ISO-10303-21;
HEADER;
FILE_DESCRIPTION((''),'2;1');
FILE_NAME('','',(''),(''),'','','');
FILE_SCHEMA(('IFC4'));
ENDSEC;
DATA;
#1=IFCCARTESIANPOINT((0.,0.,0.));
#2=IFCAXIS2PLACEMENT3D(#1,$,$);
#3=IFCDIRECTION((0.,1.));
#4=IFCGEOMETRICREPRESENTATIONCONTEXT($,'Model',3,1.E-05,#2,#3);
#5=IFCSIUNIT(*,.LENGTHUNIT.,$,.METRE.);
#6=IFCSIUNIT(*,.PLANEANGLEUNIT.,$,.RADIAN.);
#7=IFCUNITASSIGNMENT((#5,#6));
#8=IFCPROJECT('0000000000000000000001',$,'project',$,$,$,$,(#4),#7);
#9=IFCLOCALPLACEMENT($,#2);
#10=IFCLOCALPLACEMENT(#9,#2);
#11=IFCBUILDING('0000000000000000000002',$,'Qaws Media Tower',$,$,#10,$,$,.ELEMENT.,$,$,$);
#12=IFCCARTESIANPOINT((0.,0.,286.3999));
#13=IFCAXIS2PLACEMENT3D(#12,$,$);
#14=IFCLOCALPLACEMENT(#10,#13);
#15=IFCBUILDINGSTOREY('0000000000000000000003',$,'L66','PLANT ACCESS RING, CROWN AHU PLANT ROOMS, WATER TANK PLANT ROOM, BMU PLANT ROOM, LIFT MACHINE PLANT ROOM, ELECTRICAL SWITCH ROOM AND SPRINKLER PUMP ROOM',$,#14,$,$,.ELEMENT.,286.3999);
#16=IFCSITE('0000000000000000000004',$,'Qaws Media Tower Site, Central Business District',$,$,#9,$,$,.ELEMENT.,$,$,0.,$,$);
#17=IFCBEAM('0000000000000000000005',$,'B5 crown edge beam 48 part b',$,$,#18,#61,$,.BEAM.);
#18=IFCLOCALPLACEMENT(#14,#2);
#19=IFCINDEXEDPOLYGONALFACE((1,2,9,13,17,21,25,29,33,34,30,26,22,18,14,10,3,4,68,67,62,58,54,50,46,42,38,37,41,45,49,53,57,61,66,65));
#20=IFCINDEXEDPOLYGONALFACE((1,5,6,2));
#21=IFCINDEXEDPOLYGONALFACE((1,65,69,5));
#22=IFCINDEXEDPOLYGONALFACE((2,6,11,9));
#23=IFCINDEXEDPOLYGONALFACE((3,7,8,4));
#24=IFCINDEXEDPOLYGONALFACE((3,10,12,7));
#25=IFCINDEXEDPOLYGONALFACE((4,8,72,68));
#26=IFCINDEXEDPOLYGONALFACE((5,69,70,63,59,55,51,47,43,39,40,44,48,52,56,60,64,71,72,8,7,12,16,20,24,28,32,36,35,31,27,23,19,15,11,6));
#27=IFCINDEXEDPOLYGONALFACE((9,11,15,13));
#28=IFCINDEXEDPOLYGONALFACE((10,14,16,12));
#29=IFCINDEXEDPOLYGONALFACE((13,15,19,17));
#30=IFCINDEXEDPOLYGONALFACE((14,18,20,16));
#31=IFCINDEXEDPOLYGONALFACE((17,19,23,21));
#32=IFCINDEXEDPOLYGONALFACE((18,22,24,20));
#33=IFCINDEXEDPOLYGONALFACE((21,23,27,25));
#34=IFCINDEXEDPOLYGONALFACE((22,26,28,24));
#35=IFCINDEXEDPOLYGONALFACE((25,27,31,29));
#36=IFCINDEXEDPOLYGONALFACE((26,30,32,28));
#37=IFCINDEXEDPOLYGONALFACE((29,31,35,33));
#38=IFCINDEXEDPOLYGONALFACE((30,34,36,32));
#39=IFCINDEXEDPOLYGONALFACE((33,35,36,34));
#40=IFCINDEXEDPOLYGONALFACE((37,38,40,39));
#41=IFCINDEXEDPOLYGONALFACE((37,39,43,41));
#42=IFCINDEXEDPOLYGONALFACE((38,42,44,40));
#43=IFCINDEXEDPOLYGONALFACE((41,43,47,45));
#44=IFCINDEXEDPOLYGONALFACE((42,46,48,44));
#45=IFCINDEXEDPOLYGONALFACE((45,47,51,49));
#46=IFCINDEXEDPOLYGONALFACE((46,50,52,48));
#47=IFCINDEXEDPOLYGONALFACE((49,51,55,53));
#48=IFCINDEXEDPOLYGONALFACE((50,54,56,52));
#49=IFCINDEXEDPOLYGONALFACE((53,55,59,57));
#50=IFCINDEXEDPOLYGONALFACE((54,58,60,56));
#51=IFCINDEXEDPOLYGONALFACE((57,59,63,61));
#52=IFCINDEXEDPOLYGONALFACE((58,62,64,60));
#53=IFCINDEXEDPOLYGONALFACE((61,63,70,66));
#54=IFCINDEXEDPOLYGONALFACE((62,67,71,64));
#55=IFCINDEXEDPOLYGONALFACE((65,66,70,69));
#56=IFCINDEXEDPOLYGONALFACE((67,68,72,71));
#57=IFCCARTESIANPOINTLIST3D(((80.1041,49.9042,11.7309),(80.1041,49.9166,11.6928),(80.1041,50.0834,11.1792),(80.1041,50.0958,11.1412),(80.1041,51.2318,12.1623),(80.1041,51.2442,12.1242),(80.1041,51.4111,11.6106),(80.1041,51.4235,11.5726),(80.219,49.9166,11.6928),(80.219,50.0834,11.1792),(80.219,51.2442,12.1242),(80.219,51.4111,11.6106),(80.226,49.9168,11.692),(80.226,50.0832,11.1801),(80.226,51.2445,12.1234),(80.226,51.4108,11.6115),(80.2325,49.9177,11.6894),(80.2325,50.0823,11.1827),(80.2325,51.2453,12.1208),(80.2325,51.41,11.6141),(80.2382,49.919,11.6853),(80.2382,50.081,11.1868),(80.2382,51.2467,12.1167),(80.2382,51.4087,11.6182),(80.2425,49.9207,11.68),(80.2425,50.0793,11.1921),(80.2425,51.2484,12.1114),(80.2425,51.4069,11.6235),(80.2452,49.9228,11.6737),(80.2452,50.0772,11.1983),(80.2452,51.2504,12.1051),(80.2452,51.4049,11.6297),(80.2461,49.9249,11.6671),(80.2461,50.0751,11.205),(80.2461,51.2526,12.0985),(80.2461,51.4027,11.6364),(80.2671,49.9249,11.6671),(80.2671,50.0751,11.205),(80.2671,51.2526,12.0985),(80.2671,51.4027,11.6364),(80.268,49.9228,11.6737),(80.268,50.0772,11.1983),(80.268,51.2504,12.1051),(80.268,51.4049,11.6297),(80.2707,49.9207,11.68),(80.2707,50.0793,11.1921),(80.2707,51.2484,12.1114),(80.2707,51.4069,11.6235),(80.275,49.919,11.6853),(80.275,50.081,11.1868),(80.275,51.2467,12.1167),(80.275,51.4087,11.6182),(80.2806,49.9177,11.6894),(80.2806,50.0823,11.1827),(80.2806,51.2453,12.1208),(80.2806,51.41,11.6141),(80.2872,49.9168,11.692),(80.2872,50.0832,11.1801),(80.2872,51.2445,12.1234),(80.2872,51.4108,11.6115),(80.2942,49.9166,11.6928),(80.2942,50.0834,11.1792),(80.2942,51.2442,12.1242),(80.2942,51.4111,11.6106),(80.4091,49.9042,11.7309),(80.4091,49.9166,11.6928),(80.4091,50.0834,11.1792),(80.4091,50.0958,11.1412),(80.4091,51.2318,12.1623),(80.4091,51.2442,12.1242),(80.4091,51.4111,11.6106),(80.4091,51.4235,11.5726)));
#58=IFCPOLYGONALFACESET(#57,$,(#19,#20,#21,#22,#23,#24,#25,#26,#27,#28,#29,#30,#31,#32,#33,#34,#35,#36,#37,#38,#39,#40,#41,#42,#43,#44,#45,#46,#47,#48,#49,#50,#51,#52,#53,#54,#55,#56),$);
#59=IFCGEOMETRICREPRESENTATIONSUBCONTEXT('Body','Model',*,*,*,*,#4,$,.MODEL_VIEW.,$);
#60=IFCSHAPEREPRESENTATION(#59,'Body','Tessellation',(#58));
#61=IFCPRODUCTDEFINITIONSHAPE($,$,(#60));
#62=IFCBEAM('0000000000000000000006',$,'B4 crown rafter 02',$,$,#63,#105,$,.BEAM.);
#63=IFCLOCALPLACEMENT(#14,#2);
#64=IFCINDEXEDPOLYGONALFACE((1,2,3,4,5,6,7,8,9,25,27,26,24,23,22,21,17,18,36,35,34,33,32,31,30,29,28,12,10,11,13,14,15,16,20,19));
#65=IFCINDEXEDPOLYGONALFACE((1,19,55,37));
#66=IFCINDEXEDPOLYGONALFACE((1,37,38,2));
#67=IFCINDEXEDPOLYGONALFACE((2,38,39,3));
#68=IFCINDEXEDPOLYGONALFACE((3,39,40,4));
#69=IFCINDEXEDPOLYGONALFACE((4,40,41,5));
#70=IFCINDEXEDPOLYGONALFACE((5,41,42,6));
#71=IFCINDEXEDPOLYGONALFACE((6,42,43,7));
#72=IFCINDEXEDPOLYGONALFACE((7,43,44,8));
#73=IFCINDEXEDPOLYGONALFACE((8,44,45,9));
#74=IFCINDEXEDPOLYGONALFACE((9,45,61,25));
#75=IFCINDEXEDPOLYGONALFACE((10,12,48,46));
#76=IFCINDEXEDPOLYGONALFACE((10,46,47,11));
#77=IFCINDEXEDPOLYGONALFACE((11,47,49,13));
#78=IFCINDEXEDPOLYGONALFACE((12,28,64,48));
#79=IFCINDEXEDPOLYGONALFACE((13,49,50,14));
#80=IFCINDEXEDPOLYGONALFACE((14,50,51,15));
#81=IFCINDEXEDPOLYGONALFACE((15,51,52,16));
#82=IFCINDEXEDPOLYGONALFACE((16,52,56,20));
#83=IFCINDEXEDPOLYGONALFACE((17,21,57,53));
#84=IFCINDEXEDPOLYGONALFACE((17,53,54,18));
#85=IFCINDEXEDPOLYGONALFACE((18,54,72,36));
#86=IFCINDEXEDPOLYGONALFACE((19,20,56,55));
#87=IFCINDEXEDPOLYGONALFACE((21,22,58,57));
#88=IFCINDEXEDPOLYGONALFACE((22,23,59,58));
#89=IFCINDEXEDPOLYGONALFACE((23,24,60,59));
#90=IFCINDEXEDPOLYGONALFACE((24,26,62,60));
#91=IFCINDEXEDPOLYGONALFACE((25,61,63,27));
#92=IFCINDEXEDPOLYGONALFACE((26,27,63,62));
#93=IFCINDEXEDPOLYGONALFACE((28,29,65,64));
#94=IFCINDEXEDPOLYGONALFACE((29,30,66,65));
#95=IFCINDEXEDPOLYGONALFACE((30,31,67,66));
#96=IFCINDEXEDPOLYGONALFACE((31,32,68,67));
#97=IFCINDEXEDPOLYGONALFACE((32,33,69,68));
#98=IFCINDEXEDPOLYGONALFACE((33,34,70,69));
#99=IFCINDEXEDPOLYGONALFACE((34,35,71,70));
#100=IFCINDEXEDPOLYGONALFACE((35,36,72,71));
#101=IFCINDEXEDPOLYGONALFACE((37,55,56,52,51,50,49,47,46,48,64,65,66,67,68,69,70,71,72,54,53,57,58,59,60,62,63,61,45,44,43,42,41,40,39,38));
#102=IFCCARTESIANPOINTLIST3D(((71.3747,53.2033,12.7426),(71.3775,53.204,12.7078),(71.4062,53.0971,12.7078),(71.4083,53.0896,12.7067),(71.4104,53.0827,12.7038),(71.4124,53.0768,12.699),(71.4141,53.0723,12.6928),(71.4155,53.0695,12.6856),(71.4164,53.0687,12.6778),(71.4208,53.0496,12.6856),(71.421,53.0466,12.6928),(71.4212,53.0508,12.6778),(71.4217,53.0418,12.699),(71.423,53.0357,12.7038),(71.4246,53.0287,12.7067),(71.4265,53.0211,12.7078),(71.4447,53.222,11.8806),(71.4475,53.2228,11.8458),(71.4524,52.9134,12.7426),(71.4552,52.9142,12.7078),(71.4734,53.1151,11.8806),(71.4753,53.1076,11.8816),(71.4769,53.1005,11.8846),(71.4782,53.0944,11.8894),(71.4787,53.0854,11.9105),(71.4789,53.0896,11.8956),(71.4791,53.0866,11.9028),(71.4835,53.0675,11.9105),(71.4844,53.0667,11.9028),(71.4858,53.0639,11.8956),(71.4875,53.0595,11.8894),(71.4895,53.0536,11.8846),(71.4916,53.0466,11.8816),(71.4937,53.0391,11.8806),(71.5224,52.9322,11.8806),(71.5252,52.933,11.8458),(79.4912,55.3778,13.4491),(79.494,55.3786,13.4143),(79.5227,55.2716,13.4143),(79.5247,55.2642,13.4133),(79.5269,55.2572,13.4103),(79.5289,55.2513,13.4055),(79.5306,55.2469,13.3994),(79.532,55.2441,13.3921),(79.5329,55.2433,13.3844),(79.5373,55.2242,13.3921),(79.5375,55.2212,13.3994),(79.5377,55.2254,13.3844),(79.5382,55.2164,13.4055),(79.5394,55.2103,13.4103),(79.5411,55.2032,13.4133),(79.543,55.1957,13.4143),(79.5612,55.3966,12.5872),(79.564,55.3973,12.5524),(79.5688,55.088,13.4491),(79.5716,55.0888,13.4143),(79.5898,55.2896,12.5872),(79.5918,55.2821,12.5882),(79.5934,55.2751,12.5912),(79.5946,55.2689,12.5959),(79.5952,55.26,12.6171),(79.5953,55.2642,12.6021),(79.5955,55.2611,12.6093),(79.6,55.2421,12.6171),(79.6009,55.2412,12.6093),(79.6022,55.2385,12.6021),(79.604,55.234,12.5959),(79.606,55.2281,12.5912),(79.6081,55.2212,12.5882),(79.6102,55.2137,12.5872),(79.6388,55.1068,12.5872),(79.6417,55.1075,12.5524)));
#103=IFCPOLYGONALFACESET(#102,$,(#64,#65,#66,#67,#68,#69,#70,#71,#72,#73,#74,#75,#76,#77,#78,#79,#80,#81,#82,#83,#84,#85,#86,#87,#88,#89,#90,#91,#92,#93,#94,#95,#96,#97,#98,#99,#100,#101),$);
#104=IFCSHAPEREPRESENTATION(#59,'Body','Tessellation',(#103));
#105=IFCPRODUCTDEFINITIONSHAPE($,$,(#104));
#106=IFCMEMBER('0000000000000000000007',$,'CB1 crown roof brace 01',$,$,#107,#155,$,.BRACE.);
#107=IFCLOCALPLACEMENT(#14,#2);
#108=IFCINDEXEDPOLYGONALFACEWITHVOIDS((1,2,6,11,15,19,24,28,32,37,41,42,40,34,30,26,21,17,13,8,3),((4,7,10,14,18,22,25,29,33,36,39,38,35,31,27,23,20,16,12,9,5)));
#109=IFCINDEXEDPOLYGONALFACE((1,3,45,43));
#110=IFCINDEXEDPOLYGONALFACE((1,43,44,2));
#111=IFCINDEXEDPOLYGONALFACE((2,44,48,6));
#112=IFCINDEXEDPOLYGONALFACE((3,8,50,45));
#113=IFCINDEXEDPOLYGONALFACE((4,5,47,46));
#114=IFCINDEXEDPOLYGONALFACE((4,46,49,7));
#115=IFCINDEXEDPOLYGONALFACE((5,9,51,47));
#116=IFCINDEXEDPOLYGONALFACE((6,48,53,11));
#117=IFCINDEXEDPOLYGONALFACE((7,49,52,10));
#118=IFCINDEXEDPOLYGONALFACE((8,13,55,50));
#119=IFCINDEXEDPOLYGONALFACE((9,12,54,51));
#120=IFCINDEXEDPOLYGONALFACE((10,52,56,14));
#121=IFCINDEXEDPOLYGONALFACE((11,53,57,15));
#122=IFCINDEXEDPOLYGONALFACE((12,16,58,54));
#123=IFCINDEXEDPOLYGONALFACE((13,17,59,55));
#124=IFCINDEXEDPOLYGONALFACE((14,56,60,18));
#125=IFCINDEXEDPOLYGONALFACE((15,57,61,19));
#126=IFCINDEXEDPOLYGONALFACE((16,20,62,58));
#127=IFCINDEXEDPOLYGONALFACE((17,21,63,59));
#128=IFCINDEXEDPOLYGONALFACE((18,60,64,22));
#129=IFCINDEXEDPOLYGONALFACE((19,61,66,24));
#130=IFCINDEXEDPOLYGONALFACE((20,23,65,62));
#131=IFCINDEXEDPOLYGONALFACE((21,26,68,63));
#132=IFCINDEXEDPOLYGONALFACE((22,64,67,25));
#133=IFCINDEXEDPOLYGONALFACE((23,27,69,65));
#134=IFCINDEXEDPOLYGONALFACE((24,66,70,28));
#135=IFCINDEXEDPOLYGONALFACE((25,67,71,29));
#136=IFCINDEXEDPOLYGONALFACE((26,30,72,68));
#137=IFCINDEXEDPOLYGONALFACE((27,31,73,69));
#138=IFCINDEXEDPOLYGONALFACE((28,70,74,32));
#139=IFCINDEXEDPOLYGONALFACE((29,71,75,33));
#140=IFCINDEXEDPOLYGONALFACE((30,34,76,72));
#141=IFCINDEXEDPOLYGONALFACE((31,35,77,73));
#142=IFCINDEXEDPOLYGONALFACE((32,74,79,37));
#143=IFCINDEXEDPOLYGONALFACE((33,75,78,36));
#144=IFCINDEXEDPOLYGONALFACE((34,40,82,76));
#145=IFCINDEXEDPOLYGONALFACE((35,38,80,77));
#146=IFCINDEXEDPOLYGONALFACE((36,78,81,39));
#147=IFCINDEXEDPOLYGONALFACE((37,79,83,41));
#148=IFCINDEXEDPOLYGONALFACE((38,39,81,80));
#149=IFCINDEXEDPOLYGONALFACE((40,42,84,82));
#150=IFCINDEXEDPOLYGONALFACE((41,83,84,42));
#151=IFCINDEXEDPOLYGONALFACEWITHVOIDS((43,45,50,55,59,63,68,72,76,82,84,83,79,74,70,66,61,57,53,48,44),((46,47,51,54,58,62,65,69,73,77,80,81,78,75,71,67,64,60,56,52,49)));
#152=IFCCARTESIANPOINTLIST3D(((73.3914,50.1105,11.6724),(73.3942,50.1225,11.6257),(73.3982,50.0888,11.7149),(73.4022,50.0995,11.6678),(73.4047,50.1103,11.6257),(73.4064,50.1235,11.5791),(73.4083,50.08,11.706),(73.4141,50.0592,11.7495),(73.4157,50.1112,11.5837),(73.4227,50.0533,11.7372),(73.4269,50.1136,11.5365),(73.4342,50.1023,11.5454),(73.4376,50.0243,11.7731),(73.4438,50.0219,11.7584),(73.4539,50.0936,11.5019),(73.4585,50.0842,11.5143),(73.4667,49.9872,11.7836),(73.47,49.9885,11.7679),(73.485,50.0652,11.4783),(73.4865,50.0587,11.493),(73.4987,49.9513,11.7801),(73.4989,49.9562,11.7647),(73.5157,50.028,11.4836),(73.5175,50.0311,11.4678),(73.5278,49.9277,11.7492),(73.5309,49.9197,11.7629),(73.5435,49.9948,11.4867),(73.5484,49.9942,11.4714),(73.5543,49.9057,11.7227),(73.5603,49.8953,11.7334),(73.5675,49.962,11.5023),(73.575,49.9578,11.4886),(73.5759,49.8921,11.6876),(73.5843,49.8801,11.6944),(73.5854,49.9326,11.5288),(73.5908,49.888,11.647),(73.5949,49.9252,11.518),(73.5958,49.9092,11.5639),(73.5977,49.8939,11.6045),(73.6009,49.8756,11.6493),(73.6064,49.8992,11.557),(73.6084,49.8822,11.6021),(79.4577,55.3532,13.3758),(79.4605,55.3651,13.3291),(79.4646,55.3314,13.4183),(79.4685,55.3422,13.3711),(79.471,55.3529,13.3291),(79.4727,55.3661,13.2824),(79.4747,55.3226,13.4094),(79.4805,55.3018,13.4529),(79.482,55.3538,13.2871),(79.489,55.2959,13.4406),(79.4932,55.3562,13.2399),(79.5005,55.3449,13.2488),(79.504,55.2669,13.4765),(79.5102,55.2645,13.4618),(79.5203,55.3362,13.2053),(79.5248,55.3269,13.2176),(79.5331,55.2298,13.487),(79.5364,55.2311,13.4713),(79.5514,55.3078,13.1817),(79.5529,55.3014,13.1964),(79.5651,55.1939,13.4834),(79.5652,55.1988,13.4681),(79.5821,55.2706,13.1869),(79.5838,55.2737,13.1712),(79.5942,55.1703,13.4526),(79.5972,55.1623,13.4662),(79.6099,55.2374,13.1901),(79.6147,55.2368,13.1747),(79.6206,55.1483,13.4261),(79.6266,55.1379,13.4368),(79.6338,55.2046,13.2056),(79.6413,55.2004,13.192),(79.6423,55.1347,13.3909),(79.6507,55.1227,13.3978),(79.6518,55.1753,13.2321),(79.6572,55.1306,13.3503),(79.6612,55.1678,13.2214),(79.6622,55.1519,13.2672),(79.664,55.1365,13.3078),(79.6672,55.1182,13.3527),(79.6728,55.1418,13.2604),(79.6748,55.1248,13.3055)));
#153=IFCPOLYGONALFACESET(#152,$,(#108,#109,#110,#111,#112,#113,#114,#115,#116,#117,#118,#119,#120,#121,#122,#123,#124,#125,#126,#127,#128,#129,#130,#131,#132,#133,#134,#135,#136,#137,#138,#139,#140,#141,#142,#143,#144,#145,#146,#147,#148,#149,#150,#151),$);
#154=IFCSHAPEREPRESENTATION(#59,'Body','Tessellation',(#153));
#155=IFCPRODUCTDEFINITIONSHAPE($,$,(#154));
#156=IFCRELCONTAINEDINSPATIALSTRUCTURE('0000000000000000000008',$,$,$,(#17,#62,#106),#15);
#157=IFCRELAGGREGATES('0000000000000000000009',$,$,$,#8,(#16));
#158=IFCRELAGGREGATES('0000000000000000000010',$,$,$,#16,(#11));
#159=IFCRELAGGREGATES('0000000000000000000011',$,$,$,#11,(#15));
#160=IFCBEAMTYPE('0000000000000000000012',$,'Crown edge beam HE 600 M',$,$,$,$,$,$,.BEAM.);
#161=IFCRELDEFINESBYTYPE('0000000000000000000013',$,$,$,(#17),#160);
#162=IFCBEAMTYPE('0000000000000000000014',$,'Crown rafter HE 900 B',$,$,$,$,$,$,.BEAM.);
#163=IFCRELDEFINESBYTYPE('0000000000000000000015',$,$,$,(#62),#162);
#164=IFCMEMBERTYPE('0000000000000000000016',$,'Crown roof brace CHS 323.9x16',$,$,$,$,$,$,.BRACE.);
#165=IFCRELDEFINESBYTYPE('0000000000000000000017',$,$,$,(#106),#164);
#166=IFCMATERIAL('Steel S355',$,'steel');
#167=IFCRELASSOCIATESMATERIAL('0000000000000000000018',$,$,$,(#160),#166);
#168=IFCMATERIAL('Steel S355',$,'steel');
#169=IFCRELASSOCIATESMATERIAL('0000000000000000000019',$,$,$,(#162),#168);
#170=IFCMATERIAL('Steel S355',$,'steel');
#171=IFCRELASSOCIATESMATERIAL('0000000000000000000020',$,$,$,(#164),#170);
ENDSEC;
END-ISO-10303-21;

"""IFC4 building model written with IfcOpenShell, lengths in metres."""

from ifc_helpers import new_model, si_unit, direction, frame, origin, origin_2d, place, context, subcontext, project, spatial, hollow_circle, i_section, extrude, material, material_profile, profile_set, type_object, element, save


model = new_model("IFC4")

# Units and contexts
model_context = context("Model", 3, precision=1e-05, world=origin(), true_north=direction((0.0, 1.0)))
body_context = subcontext(model_context, "Body", "Model", "MODEL_VIEW")
ifc_project = project(units=[si_unit("LENGTHUNIT", "METRE"), si_unit("PLANEANGLEUNIT", "RADIAN")], contexts=[model_context])

# Site, building, storey
site_placement = place(None, origin())
site = spatial("IfcSite", under=ifc_project, at=site_placement, Name="Qaws Media Tower Site, Central Business District", CompositionType="ELEMENT", RefElevation=0.0)
building_placement = place(site_placement, origin())
building = spatial("IfcBuilding", under=site, at=building_placement, Name="Qaws Media Tower", CompositionType="ELEMENT")
storey_placement = place(building_placement, frame((0.0, 0.0, 286.3999)))
storey = spatial("IfcBuildingStorey", under=building, at=storey_placement, Name="L66", Description="PLANT ACCESS RING, CROWN AHU PLANT ROOMS, WATER TANK PLANT ROOM, BMU PLANT ROOM, LIFT MACHINE PLANT ROOM, ELECTRICAL SWITCH ROOM AND SPRINKLER PUMP ROOM", CompositionType="ELEMENT", Elevation=286.3999)

# Beams
ifc_material_1 = material(Name="Steel S355", Category="steel")
ifc_material_profile_1 = material_profile(ifc_material_1, i_section(OverallWidth=0.3049, OverallDepth=0.6201, WebThickness=0.021, FlangeThickness=0.04, FilletRadius=0.0271, at=origin_2d()), Name="HE 600 M")
ifc_profile_set_1 = profile_set([ifc_material_profile_1], Name="Steel S355")
beam_type_1 = type_object("IfcBeamType", Name="Crown edge beam HE 600 M", PredefinedType="BEAM", material=ifc_profile_set_1)
beam_1_placement = place(storey_placement, frame((80.2566, 50.0, 11.436), z_axis=(0.0, 0.951052, 0.309031), x_axis=(-1.0, 0.0, 0.0)))
element("IfcBeam", 1, at=beam_1_placement, inside=storey, type_object=beam_type_1, Name="B5 crown edge beam 48 part b", PredefinedType="BEAM", context=body_context, shape_type="SweptSolid", body=[
    extrude(i_section(OverallWidth=0.3049, OverallDepth=0.6201, WebThickness=0.021, FlangeThickness=0.04, FilletRadius=0.0271, at=origin_2d()), origin(), (0.0, 0.0, 1.0), 1.396),
])
ifc_material_2 = material(Name="Steel S355", Category="steel")
ifc_material_profile_2 = material_profile(ifc_material_2, i_section(OverallWidth=0.3, OverallDepth=0.8999, WebThickness=0.0186, FlangeThickness=0.0349, FilletRadius=0.03, at=origin_2d()), Name="HE 900 B")
ifc_profile_set_2 = profile_set([ifc_material_profile_2], Name="Steel S355")
beam_type_2 = type_object("IfcBeamType", Name="Crown rafter HE 900 B", PredefinedType="BEAM", material=ifc_profile_set_2)
beam_2_placement = place(storey_placement, frame((71.45, 53.0681, 12.2942), z_axis=(0.962536, 0.257883, 0.083789), x_axis=(-0.258793, 0.965933, 0.0)))
element("IfcBeam", 2, at=beam_2_placement, inside=storey, type_object=beam_type_2, Name="B4 crown rafter 02", PredefinedType="BEAM", context=body_context, shape_type="SweptSolid", body=[
    extrude(i_section(OverallWidth=0.3, OverallDepth=0.8999, WebThickness=0.0186, FlangeThickness=0.0349, FilletRadius=0.03, at=origin_2d()), origin(), (0.0, 0.0, 1.0), 8.4324),
])

# Member
ifc_material_3 = material(Name="Steel S355", Category="steel")
ifc_material_profile_3 = material_profile(ifc_material_3, hollow_circle(Radius=0.1619, WallThickness=0.0161, at=origin_2d()), Name="CHS 323.9x16")
ifc_profile_set_3 = profile_set([ifc_material_profile_3], Name="Steel S355")
member_type = type_object("IfcMemberType", Name="Crown roof brace CHS 323.9x16", PredefinedType="BRACE", material=ifc_profile_set_3)
member_1_placement = place(storey_placement, frame((73.5, 50.0, 11.6257), z_axis=(0.74009, 0.639596, 0.207808), x_axis=(-0.65387, 0.756607, 0.0)))
element("IfcMember", 3, at=member_1_placement, inside=storey, type_object=member_type, Name="CB1 crown roof brace 01", PredefinedType="BRACE", context=body_context, shape_type="SweptSolid", body=[
    extrude(hollow_circle(Radius=0.1619, WallThickness=0.0161, at=origin_2d()), origin(), (0.0, 0.0, 1.0), 8.1968),
])

save(model, "model.ifc")
